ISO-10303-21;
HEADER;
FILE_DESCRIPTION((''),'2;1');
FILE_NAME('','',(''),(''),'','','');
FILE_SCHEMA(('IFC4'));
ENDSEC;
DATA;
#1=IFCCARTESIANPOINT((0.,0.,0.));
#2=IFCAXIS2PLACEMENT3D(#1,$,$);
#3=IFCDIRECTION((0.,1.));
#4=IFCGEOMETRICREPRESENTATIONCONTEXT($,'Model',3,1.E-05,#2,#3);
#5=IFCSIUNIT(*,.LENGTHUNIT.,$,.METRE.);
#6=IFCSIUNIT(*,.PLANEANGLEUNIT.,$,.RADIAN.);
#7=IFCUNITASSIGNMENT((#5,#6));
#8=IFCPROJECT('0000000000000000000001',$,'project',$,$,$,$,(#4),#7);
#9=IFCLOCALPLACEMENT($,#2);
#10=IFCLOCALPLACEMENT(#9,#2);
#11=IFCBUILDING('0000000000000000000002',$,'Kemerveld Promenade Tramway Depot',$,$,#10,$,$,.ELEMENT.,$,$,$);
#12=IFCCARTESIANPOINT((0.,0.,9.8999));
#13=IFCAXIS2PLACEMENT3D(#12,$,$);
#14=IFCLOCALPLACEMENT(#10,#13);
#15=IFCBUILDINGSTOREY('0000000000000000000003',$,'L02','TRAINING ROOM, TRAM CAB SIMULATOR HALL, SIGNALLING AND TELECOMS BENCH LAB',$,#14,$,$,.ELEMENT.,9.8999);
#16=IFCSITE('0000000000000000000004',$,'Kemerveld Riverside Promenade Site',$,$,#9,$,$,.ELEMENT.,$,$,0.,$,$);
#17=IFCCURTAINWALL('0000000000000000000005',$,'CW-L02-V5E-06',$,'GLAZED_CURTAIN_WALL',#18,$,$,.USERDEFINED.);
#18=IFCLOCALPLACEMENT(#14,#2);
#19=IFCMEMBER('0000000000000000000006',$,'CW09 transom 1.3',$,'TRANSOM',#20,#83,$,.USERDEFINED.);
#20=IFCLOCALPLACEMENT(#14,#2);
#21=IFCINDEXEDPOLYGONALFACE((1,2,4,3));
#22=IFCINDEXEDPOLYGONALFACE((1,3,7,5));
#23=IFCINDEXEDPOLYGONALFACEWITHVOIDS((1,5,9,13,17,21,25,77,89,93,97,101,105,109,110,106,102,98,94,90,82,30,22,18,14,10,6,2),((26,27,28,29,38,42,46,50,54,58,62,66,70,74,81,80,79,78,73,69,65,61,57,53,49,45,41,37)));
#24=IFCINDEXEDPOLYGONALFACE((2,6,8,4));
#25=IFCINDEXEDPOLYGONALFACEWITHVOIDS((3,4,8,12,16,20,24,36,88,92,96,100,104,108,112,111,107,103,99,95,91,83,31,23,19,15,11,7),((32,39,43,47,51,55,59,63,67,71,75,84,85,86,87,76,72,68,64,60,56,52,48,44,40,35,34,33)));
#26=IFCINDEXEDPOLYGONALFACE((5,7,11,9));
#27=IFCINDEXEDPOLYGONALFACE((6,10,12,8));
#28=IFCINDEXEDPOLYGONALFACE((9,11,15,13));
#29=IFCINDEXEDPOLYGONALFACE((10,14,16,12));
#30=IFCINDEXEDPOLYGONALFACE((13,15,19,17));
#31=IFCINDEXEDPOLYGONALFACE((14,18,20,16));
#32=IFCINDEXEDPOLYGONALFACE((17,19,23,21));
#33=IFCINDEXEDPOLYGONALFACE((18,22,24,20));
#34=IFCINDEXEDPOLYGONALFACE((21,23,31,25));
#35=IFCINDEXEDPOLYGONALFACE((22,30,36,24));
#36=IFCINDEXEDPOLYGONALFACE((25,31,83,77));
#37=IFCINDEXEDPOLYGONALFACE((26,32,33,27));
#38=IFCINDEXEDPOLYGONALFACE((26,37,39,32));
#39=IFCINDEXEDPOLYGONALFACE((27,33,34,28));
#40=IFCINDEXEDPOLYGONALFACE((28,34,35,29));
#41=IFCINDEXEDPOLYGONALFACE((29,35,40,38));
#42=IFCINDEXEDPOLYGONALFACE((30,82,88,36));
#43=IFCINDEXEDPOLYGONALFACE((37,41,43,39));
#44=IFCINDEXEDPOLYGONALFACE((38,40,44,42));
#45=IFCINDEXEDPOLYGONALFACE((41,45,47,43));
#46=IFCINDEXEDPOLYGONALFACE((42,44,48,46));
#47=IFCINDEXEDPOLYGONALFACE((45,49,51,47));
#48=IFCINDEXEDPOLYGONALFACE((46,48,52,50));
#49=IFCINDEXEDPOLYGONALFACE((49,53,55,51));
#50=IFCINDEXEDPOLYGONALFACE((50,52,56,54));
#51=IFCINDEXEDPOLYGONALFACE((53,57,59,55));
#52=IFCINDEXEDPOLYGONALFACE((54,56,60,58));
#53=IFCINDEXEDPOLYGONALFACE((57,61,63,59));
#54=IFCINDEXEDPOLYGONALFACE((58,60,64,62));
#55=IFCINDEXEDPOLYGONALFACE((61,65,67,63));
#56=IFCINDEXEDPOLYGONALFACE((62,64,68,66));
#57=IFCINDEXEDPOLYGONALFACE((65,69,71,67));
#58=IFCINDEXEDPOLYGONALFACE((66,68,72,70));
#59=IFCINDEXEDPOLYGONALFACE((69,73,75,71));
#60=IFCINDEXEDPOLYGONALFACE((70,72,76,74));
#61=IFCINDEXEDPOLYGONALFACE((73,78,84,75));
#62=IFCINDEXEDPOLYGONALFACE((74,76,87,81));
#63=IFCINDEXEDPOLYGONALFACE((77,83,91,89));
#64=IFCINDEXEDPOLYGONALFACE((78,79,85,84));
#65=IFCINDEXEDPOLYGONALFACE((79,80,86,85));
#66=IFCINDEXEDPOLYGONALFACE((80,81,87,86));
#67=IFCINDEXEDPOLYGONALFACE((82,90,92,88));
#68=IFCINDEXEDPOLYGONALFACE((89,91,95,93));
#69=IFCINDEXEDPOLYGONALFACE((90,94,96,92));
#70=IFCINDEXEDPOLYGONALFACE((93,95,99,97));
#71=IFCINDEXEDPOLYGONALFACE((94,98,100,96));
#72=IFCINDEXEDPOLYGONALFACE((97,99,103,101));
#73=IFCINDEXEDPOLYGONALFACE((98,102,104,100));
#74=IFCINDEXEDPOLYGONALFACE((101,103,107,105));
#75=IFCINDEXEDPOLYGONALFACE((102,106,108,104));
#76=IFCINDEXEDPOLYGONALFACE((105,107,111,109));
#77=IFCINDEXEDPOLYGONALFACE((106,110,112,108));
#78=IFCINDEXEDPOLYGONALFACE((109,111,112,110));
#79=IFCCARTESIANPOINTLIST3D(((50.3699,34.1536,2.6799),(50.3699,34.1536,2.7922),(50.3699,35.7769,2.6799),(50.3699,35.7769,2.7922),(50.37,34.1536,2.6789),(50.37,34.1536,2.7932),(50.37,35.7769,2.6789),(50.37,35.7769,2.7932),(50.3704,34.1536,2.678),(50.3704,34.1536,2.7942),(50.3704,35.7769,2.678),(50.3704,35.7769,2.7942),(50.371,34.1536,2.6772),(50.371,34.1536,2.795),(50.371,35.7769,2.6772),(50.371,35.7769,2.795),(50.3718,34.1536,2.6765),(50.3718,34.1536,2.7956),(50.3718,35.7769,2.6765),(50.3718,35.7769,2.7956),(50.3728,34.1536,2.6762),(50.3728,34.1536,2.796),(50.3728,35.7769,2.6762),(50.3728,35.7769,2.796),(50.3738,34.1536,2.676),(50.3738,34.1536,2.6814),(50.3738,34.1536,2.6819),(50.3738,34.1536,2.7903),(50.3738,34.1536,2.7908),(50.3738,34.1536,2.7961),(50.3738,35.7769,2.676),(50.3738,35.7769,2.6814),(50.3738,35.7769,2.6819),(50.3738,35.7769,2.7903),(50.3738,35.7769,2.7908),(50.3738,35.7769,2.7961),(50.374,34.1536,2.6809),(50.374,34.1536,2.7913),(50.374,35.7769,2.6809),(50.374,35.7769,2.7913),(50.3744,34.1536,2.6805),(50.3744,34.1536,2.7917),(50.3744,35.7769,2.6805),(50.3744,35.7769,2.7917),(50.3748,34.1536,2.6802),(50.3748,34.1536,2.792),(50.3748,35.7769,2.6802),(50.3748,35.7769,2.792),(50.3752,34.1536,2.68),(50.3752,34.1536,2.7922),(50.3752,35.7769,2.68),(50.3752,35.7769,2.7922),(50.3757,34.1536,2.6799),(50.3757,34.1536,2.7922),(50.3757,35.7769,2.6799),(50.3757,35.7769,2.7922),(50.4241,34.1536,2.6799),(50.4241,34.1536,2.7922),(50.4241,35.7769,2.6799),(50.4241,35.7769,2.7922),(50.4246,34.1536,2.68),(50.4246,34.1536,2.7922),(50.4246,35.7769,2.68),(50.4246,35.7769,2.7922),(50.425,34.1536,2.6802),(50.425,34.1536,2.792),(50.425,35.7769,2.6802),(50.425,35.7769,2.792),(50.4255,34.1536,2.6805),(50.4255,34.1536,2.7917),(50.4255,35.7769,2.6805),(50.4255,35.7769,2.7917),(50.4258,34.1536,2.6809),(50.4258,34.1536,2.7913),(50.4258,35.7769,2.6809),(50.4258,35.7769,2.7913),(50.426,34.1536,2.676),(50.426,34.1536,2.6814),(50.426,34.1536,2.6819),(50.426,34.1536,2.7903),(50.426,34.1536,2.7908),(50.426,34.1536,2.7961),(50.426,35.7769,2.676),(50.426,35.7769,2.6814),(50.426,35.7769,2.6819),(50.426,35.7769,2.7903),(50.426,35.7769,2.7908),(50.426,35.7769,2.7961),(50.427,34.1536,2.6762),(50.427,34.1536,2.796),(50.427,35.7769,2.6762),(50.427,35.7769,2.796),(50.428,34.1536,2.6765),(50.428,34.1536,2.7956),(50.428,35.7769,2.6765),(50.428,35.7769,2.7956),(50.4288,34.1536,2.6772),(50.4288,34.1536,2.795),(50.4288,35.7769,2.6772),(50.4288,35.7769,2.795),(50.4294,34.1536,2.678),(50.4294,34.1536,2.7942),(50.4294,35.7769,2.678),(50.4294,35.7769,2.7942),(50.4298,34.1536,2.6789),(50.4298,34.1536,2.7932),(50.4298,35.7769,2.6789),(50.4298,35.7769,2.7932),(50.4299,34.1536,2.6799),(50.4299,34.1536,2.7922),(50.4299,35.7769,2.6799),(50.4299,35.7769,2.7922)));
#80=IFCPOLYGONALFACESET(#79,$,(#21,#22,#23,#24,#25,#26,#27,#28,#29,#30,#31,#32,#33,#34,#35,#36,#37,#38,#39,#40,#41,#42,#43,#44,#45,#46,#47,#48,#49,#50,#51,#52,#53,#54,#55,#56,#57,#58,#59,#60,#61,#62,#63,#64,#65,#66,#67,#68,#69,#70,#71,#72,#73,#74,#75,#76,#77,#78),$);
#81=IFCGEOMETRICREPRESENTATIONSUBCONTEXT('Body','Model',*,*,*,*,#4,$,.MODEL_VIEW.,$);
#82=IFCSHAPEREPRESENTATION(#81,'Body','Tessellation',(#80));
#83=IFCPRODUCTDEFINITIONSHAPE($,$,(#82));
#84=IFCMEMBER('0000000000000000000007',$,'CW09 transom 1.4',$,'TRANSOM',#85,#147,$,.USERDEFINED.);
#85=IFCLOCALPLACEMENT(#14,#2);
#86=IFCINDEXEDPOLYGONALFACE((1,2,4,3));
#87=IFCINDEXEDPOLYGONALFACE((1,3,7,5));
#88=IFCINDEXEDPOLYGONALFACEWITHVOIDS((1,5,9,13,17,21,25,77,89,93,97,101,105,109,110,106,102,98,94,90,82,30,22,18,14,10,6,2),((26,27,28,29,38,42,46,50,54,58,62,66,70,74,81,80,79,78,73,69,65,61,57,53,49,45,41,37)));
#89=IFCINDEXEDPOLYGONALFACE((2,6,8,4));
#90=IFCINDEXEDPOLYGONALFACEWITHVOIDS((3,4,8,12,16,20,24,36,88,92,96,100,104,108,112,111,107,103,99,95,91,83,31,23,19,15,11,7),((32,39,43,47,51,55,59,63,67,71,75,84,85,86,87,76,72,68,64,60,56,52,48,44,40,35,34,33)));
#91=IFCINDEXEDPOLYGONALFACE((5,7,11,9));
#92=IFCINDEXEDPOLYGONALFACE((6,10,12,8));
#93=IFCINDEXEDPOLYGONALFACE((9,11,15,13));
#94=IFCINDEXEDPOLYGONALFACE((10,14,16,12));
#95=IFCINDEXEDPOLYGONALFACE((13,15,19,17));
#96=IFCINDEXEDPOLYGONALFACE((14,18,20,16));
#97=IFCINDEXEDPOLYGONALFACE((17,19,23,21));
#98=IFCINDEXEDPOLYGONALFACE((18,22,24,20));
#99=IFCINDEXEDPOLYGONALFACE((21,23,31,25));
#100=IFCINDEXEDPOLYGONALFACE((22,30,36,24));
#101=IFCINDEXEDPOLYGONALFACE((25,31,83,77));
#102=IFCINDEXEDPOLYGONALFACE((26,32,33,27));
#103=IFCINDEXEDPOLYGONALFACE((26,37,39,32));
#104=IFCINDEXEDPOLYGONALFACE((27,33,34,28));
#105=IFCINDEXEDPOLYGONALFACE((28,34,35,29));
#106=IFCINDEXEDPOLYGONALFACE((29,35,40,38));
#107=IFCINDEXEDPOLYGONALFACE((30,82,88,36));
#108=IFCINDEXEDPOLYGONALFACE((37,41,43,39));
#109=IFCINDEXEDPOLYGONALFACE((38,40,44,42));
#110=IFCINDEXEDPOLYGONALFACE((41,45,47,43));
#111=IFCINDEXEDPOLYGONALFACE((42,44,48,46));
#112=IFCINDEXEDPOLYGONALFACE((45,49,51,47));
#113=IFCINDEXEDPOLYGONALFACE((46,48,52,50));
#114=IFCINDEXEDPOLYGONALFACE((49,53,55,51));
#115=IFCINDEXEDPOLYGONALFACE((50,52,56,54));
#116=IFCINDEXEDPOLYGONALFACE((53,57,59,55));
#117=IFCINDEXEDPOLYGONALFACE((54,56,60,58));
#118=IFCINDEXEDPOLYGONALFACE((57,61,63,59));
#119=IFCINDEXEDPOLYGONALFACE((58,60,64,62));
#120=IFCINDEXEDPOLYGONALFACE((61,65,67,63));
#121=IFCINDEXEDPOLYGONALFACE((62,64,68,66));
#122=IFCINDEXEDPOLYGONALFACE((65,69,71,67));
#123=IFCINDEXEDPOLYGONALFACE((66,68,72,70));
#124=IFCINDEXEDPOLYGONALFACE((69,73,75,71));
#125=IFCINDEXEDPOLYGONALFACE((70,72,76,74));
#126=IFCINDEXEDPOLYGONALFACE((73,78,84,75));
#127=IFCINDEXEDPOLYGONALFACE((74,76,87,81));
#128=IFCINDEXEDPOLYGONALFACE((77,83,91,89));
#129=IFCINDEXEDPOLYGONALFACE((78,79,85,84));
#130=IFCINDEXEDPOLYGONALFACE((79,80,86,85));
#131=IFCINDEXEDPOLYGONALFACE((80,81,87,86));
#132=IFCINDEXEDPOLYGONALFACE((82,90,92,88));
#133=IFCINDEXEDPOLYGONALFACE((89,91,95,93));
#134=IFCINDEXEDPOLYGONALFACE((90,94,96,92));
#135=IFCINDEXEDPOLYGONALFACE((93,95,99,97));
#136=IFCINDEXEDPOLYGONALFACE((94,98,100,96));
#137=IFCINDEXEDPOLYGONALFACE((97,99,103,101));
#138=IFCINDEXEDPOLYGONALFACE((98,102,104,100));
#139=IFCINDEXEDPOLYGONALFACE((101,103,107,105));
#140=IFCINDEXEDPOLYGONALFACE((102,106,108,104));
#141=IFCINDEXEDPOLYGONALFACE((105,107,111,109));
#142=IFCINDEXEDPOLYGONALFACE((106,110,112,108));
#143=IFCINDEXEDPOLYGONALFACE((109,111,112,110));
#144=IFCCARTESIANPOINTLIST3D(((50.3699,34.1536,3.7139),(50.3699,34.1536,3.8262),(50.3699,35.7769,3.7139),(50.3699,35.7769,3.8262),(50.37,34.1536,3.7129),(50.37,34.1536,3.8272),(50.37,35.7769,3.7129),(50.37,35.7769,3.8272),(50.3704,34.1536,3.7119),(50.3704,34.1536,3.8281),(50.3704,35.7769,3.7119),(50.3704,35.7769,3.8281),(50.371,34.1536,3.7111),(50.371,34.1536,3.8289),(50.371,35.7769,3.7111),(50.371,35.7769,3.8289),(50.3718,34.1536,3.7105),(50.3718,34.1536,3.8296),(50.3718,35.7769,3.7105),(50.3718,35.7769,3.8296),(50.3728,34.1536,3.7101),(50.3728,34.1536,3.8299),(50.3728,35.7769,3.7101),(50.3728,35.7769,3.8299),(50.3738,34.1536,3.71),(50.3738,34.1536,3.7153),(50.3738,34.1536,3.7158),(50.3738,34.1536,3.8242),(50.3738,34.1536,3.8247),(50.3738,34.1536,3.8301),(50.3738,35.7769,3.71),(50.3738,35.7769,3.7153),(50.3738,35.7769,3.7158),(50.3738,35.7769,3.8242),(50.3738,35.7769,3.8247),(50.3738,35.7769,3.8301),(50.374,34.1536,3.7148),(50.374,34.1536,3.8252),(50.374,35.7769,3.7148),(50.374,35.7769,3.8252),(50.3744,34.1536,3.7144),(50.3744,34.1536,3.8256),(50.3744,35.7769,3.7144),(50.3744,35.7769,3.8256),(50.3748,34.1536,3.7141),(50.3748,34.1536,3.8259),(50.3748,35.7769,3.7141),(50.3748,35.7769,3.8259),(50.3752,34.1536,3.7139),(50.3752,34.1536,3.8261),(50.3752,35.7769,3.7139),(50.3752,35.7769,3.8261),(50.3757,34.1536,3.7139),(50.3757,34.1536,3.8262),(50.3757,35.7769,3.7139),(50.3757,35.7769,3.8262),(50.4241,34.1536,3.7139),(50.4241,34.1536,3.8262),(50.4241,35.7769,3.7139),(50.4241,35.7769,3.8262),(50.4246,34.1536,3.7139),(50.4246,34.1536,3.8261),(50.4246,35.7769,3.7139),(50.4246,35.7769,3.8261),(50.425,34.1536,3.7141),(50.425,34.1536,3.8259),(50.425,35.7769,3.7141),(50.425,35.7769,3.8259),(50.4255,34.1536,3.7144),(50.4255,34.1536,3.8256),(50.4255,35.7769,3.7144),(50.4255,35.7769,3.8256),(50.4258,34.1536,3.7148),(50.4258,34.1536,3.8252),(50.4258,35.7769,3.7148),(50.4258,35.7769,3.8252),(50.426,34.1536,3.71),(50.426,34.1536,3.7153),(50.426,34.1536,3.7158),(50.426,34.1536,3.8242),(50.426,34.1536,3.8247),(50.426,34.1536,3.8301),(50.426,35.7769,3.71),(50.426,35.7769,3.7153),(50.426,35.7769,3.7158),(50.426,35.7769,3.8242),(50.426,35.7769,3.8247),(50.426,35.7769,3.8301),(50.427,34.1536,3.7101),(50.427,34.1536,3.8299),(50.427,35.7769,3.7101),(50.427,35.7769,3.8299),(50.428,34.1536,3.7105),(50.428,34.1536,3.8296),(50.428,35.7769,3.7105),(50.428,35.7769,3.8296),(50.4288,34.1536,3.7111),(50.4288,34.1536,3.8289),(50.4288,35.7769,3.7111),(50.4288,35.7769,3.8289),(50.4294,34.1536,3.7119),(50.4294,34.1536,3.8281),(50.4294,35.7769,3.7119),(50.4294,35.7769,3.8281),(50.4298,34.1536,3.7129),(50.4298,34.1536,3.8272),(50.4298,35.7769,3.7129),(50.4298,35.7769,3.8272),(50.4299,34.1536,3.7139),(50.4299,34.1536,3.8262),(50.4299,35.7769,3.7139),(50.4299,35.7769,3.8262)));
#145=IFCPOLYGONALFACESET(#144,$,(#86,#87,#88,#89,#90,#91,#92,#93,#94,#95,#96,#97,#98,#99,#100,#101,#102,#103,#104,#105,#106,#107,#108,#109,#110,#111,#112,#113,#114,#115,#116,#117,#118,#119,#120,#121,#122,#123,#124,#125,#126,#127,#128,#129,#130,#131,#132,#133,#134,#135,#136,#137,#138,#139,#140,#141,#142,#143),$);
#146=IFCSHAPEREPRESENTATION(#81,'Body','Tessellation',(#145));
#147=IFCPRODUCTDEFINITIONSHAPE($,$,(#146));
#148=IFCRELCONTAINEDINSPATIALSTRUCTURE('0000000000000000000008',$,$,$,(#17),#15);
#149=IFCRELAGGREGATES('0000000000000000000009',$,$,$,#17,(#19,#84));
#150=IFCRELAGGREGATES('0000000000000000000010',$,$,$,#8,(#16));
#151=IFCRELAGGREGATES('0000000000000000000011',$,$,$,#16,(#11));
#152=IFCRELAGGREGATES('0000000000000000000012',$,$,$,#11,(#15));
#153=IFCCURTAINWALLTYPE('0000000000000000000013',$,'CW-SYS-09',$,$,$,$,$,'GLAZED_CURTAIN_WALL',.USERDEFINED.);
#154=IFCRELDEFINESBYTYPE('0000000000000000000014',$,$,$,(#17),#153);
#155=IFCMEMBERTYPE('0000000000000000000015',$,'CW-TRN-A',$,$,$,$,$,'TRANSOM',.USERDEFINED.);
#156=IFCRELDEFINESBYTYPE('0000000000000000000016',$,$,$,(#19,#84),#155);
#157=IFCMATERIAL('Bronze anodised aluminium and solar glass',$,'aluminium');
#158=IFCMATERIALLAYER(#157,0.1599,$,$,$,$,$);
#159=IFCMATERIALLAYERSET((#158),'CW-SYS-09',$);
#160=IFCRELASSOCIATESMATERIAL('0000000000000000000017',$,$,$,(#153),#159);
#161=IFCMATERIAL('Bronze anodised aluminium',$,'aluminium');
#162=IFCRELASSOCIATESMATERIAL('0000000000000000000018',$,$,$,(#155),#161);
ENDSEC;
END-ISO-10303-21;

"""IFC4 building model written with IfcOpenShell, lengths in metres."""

from ifc_helpers import new_model, si_unit, direction, frame, origin, origin_2d, place, context, subcontext, project, spatial, hollow_rectangle, extrude, material, layer, layer_set, material_profile, profile_set, type_object, element, aggregate, save


model = new_model("IFC4")

# Units and contexts
model_context = context("Model", 3, precision=1e-05, world=origin(), true_north=direction((0.0, 1.0)))
body_context = subcontext(model_context, "Body", "Model", "MODEL_VIEW")
ifc_project = project(units=[si_unit("LENGTHUNIT", "METRE"), si_unit("PLANEANGLEUNIT", "RADIAN")], contexts=[model_context])

# Site, building, storey
site_placement = place(None, origin())
site = spatial("IfcSite", under=ifc_project, at=site_placement, Name="Kemerveld Riverside Promenade Site", CompositionType="ELEMENT", RefElevation=0.0)
building_placement = place(site_placement, origin())
building = spatial("IfcBuilding", under=site, at=building_placement, Name="Kemerveld Promenade Tramway Depot", CompositionType="ELEMENT")
storey_placement = place(building_placement, frame((0.0, 0.0, 9.8999)))
storey = spatial("IfcBuildingStorey", under=building, at=storey_placement, Name="L02", Description="TRAINING ROOM, TRAM CAB SIMULATOR HALL, SIGNALLING AND TELECOMS BENCH LAB", CompositionType="ELEMENT", Elevation=9.8999)

# Curtain wall
ifc_material_1 = material(Name="Bronze anodised aluminium and solar glass", Category="aluminium")
ifc_layer_1 = layer(ifc_material_1, 0.1599)
ifc_layer_set_1 = layer_set([ifc_layer_1], Name="CW-SYS-09")
curtain_wall_type_1 = type_object("IfcCurtainWallType", Name="CW-SYS-09", ElementType="GLAZED_CURTAIN_WALL", PredefinedType="USERDEFINED", material=ifc_layer_set_1)
curtain_wall_1_placement = place(storey_placement, origin())
curtain_wall_1 = element("IfcCurtainWall", 1, at=curtain_wall_1_placement, inside=storey, type_object=curtain_wall_type_1, Name="CW-L02-V5E-06", ObjectType="GLAZED_CURTAIN_WALL", PredefinedType="USERDEFINED")
ifc_material_2 = material(Name="Bronze anodised aluminium", Category="aluminium")

# Members
ifc_material_profile_1 = material_profile(ifc_material_2, hollow_rectangle(XDim=0.0601, YDim=0.1201, WallThickness=0.0039, InnerFilletRadius=0.002, OuterFilletRadius=0.0039, at=origin_2d()), Name="CW-TRN-120x60")
ifc_profile_set_1 = profile_set([ifc_material_profile_1], Name="Bronze anodised aluminium")
member_type_1 = type_object("IfcMemberType", Name="CW-TRN-A", ElementType="TRANSOM", PredefinedType="USERDEFINED", material=ifc_profile_set_1)
member_1_placement = place(storey_placement, frame((50.3999, 35.7769, 2.7361), z_axis=(0.0, -1.0, 0.0), x_axis=(1.0, 0.0, 0.0)))
member_1 = element("IfcMember", 2, at=member_1_placement, type_object=member_type_1, Name="CW09 transom 1.3", ObjectType="TRANSOM", PredefinedType="USERDEFINED", context=body_context, shape_type="SweptSolid", body=[
    extrude(hollow_rectangle(XDim=0.0601, YDim=0.1201, WallThickness=0.0039, InnerFilletRadius=0.002, OuterFilletRadius=0.0039, at=origin_2d()), origin(), (0.0, 0.0, 1.0), 1.6233),
])
member_2_placement = place(storey_placement, frame((50.3999, 35.7769, 3.77), z_axis=(0.0, -1.0, 0.0), x_axis=(1.0, 0.0, 0.0)))
member_2 = element("IfcMember", 3, at=member_2_placement, type_object=member_type_1, Name="CW09 transom 1.4", ObjectType="TRANSOM", PredefinedType="USERDEFINED", context=body_context, shape_type="SweptSolid", body=[
    extrude(hollow_rectangle(XDim=0.0601, YDim=0.1201, WallThickness=0.0039, InnerFilletRadius=0.002, OuterFilletRadius=0.0039, at=origin_2d()), origin(), (0.0, 0.0, 1.0), 1.6233),
])
aggregate(curtain_wall_1, [member_1, member_2])

save(model, "model.ifc")
